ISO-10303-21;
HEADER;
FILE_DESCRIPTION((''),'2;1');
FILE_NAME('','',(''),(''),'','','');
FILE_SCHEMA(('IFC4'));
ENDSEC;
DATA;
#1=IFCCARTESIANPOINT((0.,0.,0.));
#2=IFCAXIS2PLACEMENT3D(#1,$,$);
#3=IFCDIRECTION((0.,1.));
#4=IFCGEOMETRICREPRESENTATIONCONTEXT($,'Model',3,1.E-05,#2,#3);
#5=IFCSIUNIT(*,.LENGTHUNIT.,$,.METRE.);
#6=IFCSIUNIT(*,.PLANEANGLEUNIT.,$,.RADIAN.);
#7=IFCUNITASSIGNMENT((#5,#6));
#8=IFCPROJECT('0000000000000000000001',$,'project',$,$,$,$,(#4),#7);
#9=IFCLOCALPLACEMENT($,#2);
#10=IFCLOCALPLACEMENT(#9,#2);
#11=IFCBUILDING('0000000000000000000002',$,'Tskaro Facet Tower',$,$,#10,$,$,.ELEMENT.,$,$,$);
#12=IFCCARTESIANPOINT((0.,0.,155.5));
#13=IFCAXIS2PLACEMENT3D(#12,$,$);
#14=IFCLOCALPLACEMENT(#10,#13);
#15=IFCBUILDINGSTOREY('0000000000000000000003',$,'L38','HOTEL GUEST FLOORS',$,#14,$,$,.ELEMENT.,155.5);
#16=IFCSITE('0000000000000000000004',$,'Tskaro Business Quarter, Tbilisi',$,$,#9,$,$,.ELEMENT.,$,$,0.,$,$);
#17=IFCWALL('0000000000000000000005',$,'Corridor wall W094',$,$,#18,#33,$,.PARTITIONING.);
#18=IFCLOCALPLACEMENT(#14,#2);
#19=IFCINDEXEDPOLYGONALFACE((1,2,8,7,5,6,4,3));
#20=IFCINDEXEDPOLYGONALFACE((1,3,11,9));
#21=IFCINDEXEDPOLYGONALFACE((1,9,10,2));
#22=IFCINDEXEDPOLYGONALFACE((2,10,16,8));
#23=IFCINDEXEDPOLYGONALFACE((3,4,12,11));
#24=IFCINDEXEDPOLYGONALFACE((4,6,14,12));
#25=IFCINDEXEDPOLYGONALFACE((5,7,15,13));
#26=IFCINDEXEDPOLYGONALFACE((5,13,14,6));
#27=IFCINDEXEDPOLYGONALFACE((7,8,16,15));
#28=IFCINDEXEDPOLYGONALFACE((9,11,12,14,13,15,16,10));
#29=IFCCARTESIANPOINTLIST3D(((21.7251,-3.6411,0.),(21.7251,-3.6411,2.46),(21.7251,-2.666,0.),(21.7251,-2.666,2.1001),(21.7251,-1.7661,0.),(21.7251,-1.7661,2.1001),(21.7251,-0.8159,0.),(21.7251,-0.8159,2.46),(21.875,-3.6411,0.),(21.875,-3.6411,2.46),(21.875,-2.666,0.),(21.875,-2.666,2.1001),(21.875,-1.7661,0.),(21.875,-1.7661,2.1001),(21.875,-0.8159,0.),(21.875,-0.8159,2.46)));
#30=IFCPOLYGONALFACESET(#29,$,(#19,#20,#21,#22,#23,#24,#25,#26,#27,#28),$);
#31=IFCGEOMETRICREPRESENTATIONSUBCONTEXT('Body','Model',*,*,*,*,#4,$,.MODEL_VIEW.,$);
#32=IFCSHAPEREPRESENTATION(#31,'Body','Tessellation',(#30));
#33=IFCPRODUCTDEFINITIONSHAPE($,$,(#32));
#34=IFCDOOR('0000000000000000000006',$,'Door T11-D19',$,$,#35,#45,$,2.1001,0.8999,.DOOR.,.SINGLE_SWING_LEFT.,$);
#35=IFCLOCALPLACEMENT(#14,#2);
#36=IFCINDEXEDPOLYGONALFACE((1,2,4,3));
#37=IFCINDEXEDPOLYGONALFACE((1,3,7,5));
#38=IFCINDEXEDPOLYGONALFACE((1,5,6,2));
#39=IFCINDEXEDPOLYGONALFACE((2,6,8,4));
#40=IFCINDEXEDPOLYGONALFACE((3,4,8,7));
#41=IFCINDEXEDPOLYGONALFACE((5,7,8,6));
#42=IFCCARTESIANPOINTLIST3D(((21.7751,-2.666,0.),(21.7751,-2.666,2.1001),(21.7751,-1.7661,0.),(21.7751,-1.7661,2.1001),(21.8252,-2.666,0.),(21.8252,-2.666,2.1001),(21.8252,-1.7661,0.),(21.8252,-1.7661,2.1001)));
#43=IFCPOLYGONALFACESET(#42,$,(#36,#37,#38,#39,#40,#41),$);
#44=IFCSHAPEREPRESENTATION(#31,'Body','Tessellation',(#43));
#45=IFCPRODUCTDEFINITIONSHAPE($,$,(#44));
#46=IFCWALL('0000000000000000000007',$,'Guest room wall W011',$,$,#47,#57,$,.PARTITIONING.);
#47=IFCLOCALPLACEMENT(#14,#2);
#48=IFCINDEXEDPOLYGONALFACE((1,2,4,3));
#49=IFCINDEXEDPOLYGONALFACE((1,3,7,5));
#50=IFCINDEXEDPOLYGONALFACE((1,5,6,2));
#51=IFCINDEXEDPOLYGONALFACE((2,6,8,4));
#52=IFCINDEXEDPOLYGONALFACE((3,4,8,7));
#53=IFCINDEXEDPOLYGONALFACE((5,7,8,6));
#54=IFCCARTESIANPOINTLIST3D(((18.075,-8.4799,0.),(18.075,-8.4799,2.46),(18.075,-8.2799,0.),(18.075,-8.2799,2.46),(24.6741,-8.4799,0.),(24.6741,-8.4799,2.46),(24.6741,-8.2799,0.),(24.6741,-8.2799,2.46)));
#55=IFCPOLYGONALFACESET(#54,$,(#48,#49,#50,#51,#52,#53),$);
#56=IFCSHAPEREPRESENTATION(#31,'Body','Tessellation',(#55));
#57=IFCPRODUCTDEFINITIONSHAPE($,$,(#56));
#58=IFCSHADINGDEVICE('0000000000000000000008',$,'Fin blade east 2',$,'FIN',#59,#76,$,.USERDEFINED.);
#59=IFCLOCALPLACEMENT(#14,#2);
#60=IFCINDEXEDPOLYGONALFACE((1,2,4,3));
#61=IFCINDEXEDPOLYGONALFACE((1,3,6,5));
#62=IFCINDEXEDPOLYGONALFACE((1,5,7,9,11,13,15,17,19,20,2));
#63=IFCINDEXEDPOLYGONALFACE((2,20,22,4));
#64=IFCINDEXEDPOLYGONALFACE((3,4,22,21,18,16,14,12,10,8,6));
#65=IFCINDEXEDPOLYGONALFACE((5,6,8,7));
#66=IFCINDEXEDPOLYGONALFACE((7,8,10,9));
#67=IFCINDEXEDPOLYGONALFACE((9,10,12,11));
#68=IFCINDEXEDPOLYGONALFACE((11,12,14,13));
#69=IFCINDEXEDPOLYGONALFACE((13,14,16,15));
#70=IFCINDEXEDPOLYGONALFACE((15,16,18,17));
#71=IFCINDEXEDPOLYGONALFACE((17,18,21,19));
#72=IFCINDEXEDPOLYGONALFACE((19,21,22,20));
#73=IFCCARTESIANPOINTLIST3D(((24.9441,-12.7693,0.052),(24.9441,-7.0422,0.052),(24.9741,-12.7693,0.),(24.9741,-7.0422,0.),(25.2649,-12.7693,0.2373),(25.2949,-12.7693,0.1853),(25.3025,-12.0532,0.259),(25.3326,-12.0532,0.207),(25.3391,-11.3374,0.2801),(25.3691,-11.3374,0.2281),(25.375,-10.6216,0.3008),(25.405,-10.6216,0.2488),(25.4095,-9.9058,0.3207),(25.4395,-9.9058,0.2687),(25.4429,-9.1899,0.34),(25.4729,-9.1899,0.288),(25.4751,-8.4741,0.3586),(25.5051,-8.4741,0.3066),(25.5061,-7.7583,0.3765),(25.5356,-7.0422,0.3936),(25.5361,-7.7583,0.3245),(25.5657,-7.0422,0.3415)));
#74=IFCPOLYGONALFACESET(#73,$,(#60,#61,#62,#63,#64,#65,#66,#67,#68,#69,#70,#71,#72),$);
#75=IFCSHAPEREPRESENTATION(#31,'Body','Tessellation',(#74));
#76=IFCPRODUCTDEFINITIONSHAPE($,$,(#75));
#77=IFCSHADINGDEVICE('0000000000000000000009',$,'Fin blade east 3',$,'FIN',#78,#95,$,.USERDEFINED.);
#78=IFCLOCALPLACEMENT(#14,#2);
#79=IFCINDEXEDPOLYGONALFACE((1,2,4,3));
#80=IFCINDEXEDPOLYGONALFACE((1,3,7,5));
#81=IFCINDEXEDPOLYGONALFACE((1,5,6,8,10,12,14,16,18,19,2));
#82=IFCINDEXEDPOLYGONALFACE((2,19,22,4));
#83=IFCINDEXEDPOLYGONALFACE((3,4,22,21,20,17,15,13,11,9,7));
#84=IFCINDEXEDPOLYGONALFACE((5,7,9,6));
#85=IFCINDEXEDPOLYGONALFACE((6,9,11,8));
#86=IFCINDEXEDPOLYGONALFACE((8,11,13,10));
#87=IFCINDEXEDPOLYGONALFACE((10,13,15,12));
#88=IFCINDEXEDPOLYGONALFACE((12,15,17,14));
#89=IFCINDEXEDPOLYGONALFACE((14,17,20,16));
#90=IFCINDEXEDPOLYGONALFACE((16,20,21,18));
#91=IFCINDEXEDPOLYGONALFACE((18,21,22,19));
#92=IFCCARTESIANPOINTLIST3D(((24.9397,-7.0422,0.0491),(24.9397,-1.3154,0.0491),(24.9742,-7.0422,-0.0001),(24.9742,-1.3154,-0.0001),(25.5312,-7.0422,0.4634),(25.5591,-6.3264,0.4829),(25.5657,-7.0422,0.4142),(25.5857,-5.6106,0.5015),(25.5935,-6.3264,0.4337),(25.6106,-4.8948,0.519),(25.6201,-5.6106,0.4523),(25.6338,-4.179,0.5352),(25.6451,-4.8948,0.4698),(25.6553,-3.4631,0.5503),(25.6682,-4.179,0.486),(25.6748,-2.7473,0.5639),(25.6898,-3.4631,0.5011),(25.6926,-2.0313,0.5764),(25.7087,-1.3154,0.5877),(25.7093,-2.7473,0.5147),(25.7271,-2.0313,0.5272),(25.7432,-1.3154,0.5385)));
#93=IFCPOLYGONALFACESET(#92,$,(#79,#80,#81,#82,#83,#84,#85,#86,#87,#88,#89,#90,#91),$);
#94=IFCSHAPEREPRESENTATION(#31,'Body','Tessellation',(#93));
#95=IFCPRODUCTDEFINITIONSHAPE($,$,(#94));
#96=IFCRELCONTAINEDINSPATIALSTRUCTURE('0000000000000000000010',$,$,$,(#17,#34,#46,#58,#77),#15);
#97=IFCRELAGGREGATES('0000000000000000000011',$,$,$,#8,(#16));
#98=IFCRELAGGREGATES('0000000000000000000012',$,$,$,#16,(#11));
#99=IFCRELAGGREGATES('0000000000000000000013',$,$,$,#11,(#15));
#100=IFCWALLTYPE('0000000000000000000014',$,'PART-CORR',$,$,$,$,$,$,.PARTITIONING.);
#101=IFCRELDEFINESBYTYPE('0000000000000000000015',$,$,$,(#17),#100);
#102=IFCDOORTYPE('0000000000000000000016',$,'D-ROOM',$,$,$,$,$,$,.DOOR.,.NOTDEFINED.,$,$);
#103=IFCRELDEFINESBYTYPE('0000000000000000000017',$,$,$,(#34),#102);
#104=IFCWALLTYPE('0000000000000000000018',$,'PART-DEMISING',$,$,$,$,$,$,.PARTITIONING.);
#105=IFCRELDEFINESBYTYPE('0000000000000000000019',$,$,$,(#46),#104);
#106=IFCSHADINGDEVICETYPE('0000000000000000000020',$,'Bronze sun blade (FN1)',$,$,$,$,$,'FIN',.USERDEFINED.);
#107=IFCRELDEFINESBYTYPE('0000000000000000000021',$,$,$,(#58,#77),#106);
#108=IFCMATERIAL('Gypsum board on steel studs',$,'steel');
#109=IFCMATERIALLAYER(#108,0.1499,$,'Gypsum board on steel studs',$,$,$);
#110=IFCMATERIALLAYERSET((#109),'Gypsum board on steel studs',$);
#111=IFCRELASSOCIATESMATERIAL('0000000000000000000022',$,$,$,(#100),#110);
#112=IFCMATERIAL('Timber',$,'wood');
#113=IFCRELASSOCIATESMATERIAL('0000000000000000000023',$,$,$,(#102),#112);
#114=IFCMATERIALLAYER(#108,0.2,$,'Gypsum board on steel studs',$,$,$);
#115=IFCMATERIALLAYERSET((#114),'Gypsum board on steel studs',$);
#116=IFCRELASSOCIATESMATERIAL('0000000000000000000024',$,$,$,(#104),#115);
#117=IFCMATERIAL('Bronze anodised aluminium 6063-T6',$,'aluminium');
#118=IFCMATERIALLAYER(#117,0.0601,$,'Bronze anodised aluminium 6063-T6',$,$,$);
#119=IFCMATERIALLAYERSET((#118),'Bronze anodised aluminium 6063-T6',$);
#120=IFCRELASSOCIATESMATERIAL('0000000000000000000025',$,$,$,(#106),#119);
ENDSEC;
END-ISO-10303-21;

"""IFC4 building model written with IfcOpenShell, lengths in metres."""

from ifc_helpers import new_model, si_unit, direction, frame, frame_2d, origin, place, context, subcontext, project, spatial, polyline, rectangle, outline, extrude, material, layer, layer_set, type_object, element, fill, save


model = new_model("IFC4")

# Units and contexts
model_context = context("Model", 3, precision=1e-05, world=origin(), true_north=direction((0.0, 1.0)))
body_context = subcontext(model_context, "Body", "Model", "MODEL_VIEW")
ifc_project = project(units=[si_unit("LENGTHUNIT", "METRE"), si_unit("PLANEANGLEUNIT", "RADIAN")], contexts=[model_context])

# Site, building, storey
site_placement = place(None, origin())
site = spatial("IfcSite", under=ifc_project, at=site_placement, Name="Tskaro Business Quarter, Tbilisi", CompositionType="ELEMENT", RefElevation=0.0)
building_placement = place(site_placement, origin())
building = spatial("IfcBuilding", under=site, at=building_placement, Name="Tskaro Facet Tower", CompositionType="ELEMENT")
storey_placement = place(building_placement, frame((0.0, 0.0, 155.5)))
storey = spatial("IfcBuildingStorey", under=building, at=storey_placement, Name="L38", Description="HOTEL GUEST FLOORS", CompositionType="ELEMENT", Elevation=155.5)

# Shared definitions
ifc_material_1 = material(Name="Bronze anodised aluminium 6063-T6", Category="aluminium")

# Shared definitions
ifc_material_2 = material(Name="Gypsum board on steel studs", Category="steel")
ifc_layer_1 = layer(ifc_material_2, 0.1499, Name="Gypsum board on steel studs")
ifc_layer_set_1 = layer_set([ifc_layer_1], Name="Gypsum board on steel studs")
wall_type_1 = type_object("IfcWallType", Name="PART-CORR", PredefinedType="PARTITIONING", material=ifc_layer_set_1)
ifc_material_3 = material(Name="Timber", Category="wood")
door_type = type_object("IfcDoorType", Name="D-ROOM", OperationType="NOTDEFINED", PredefinedType="DOOR", material=ifc_material_3)

# Wall, opening, door
wall_1_placement = place(storey_placement, frame((21.8, -3.6411, 0.0), z_axis=(0.0, 0.0, 1.0), x_axis=(0.0, 1.0, 0.0)))
wall_1 = element("IfcWall", 1, at=wall_1_placement, inside=storey, type_object=wall_type_1, Name="Corridor wall W094", PredefinedType="PARTITIONING", context=body_context, shape_type="SweptSolid", body=[
    extrude(rectangle(XDim=2.8252, YDim=0.1499, at=frame_2d((1.4126, 0.0))), origin(), (0.0, 0.0, 1.0), 2.46),
])
opening_1_placement = place(wall_1_placement, frame((0.9751, 0.0, 0.0)))
opening_1 = element("IfcOpeningElement", 2, at=opening_1_placement, cuts=wall_1, PredefinedType="OPENING", context=body_context, shape_type="SweptSolid", body=[
    extrude(rectangle(XDim=0.8999, YDim=2.1001, at=frame_2d((0.45, 1.05))), frame((0.0, 0.085, 0.0), z_axis=(0.0, -1.0, 0.0), x_axis=(1.0, 0.0, 0.0)), (0.0, 0.0, 1.0), 0.1699),
])
door_1_placement = place(opening_1_placement, origin())
door_1 = element("IfcDoor", 3, at=door_1_placement, inside=storey, type_object=door_type, Name="Door T11-D19", OperationType="SINGLE_SWING_LEFT", OverallHeight=2.1001, OverallWidth=0.8999, PredefinedType="DOOR", context=body_context, shape_type="SweptSolid", body=[
    extrude(rectangle(XDim=0.8999, YDim=2.1001, at=frame_2d((0.45, 1.05))), frame((0.0, 0.0249, 0.0), z_axis=(0.0, -1.0, 0.0), x_axis=(1.0, 0.0, 0.0)), (0.0, 0.0, 1.0), 0.05),
])
fill(opening_1, door_1)

# Wall
ifc_layer_2 = layer(ifc_material_2, 0.2, Name="Gypsum board on steel studs")
ifc_layer_set_2 = layer_set([ifc_layer_2], Name="Gypsum board on steel studs")
wall_type_2 = type_object("IfcWallType", Name="PART-DEMISING", PredefinedType="PARTITIONING", material=ifc_layer_set_2)
wall_2_placement = place(storey_placement, frame((18.075, -8.3799, 0.0), z_axis=(0.0, 0.0, 1.0), x_axis=(1.0, 0.0, 0.0)))
element("IfcWall", 4, at=wall_2_placement, inside=storey, type_object=wall_type_2, Name="Guest room wall W011", PredefinedType="PARTITIONING", context=body_context, shape_type="SweptSolid", body=[
    extrude(rectangle(XDim=6.5991, YDim=0.2, at=frame_2d((3.2996, 0.0))), origin(), (0.0, 0.0, 1.0), 2.46),
])

# Shading devices
ifc_layer_3 = layer(ifc_material_1, 0.0601, Name="Bronze anodised aluminium 6063-T6")
ifc_layer_set_3 = layer_set([ifc_layer_3], Name="Bronze anodised aluminium 6063-T6")
shading_device_type = type_object("IfcShadingDeviceType", Name="Bronze sun blade (FN1)", ElementType="FIN", PredefinedType="USERDEFINED", material=ifc_layer_set_3)
shading_device_1_placement = place(storey_placement, frame((24.9441, -12.7693, 0.052), z_axis=(-0.500075, 0.000008, 0.865982), x_axis=(0.000004, 1.0, -0.000007)))
element("IfcShadingDevice", 5, at=shading_device_1_placement, inside=storey, type_object=shading_device_type, Name="Fin blade east 2", ObjectType="FIN", PredefinedType="USERDEFINED", context=body_context, shape_type="SweptSolid", body=[
    extrude(outline(polyline([(0.0, 0.0), (5.7271, 0.0), (5.7271, -0.6831), (5.011, -0.6489), (4.2952, -0.6132), (3.5793, -0.576), (2.8635, -0.5374), (2.1477, -0.4976), (1.4319, -0.4561), (0.7161, -0.4139), (0.0, -0.3705), (0.0, 0.0)])), origin(), (0.0, 0.0, -1.0), 0.0601),
])
shading_device_2_placement = place(storey_placement, frame((24.9397, -7.0422, 0.0491), z_axis=(-0.57368, 0.000004, 0.819079), x_axis=(0.000002, 1.0, -0.000003)))
element("IfcShadingDevice", 6, at=shading_device_2_placement, inside=storey, type_object=shading_device_type, Name="Fin blade east 3", ObjectType="FIN", PredefinedType="USERDEFINED", context=body_context, shape_type="SweptSolid", body=[
    extrude(outline(polyline([(0.0, 0.0), (5.7268, 0.0), (5.7268, -0.9389), (5.011, -0.9192), (4.2949, -0.8975), (3.5791, -0.8737), (2.8633, -0.8474), (2.1475, -0.8191), (1.4316, -0.7887), (0.7158, -0.7562), (0.0, -0.7222), (0.0, 0.0)])), origin(), (0.0, 0.0, -1.0), 0.0601),
])

save(model, "model.ifc")
